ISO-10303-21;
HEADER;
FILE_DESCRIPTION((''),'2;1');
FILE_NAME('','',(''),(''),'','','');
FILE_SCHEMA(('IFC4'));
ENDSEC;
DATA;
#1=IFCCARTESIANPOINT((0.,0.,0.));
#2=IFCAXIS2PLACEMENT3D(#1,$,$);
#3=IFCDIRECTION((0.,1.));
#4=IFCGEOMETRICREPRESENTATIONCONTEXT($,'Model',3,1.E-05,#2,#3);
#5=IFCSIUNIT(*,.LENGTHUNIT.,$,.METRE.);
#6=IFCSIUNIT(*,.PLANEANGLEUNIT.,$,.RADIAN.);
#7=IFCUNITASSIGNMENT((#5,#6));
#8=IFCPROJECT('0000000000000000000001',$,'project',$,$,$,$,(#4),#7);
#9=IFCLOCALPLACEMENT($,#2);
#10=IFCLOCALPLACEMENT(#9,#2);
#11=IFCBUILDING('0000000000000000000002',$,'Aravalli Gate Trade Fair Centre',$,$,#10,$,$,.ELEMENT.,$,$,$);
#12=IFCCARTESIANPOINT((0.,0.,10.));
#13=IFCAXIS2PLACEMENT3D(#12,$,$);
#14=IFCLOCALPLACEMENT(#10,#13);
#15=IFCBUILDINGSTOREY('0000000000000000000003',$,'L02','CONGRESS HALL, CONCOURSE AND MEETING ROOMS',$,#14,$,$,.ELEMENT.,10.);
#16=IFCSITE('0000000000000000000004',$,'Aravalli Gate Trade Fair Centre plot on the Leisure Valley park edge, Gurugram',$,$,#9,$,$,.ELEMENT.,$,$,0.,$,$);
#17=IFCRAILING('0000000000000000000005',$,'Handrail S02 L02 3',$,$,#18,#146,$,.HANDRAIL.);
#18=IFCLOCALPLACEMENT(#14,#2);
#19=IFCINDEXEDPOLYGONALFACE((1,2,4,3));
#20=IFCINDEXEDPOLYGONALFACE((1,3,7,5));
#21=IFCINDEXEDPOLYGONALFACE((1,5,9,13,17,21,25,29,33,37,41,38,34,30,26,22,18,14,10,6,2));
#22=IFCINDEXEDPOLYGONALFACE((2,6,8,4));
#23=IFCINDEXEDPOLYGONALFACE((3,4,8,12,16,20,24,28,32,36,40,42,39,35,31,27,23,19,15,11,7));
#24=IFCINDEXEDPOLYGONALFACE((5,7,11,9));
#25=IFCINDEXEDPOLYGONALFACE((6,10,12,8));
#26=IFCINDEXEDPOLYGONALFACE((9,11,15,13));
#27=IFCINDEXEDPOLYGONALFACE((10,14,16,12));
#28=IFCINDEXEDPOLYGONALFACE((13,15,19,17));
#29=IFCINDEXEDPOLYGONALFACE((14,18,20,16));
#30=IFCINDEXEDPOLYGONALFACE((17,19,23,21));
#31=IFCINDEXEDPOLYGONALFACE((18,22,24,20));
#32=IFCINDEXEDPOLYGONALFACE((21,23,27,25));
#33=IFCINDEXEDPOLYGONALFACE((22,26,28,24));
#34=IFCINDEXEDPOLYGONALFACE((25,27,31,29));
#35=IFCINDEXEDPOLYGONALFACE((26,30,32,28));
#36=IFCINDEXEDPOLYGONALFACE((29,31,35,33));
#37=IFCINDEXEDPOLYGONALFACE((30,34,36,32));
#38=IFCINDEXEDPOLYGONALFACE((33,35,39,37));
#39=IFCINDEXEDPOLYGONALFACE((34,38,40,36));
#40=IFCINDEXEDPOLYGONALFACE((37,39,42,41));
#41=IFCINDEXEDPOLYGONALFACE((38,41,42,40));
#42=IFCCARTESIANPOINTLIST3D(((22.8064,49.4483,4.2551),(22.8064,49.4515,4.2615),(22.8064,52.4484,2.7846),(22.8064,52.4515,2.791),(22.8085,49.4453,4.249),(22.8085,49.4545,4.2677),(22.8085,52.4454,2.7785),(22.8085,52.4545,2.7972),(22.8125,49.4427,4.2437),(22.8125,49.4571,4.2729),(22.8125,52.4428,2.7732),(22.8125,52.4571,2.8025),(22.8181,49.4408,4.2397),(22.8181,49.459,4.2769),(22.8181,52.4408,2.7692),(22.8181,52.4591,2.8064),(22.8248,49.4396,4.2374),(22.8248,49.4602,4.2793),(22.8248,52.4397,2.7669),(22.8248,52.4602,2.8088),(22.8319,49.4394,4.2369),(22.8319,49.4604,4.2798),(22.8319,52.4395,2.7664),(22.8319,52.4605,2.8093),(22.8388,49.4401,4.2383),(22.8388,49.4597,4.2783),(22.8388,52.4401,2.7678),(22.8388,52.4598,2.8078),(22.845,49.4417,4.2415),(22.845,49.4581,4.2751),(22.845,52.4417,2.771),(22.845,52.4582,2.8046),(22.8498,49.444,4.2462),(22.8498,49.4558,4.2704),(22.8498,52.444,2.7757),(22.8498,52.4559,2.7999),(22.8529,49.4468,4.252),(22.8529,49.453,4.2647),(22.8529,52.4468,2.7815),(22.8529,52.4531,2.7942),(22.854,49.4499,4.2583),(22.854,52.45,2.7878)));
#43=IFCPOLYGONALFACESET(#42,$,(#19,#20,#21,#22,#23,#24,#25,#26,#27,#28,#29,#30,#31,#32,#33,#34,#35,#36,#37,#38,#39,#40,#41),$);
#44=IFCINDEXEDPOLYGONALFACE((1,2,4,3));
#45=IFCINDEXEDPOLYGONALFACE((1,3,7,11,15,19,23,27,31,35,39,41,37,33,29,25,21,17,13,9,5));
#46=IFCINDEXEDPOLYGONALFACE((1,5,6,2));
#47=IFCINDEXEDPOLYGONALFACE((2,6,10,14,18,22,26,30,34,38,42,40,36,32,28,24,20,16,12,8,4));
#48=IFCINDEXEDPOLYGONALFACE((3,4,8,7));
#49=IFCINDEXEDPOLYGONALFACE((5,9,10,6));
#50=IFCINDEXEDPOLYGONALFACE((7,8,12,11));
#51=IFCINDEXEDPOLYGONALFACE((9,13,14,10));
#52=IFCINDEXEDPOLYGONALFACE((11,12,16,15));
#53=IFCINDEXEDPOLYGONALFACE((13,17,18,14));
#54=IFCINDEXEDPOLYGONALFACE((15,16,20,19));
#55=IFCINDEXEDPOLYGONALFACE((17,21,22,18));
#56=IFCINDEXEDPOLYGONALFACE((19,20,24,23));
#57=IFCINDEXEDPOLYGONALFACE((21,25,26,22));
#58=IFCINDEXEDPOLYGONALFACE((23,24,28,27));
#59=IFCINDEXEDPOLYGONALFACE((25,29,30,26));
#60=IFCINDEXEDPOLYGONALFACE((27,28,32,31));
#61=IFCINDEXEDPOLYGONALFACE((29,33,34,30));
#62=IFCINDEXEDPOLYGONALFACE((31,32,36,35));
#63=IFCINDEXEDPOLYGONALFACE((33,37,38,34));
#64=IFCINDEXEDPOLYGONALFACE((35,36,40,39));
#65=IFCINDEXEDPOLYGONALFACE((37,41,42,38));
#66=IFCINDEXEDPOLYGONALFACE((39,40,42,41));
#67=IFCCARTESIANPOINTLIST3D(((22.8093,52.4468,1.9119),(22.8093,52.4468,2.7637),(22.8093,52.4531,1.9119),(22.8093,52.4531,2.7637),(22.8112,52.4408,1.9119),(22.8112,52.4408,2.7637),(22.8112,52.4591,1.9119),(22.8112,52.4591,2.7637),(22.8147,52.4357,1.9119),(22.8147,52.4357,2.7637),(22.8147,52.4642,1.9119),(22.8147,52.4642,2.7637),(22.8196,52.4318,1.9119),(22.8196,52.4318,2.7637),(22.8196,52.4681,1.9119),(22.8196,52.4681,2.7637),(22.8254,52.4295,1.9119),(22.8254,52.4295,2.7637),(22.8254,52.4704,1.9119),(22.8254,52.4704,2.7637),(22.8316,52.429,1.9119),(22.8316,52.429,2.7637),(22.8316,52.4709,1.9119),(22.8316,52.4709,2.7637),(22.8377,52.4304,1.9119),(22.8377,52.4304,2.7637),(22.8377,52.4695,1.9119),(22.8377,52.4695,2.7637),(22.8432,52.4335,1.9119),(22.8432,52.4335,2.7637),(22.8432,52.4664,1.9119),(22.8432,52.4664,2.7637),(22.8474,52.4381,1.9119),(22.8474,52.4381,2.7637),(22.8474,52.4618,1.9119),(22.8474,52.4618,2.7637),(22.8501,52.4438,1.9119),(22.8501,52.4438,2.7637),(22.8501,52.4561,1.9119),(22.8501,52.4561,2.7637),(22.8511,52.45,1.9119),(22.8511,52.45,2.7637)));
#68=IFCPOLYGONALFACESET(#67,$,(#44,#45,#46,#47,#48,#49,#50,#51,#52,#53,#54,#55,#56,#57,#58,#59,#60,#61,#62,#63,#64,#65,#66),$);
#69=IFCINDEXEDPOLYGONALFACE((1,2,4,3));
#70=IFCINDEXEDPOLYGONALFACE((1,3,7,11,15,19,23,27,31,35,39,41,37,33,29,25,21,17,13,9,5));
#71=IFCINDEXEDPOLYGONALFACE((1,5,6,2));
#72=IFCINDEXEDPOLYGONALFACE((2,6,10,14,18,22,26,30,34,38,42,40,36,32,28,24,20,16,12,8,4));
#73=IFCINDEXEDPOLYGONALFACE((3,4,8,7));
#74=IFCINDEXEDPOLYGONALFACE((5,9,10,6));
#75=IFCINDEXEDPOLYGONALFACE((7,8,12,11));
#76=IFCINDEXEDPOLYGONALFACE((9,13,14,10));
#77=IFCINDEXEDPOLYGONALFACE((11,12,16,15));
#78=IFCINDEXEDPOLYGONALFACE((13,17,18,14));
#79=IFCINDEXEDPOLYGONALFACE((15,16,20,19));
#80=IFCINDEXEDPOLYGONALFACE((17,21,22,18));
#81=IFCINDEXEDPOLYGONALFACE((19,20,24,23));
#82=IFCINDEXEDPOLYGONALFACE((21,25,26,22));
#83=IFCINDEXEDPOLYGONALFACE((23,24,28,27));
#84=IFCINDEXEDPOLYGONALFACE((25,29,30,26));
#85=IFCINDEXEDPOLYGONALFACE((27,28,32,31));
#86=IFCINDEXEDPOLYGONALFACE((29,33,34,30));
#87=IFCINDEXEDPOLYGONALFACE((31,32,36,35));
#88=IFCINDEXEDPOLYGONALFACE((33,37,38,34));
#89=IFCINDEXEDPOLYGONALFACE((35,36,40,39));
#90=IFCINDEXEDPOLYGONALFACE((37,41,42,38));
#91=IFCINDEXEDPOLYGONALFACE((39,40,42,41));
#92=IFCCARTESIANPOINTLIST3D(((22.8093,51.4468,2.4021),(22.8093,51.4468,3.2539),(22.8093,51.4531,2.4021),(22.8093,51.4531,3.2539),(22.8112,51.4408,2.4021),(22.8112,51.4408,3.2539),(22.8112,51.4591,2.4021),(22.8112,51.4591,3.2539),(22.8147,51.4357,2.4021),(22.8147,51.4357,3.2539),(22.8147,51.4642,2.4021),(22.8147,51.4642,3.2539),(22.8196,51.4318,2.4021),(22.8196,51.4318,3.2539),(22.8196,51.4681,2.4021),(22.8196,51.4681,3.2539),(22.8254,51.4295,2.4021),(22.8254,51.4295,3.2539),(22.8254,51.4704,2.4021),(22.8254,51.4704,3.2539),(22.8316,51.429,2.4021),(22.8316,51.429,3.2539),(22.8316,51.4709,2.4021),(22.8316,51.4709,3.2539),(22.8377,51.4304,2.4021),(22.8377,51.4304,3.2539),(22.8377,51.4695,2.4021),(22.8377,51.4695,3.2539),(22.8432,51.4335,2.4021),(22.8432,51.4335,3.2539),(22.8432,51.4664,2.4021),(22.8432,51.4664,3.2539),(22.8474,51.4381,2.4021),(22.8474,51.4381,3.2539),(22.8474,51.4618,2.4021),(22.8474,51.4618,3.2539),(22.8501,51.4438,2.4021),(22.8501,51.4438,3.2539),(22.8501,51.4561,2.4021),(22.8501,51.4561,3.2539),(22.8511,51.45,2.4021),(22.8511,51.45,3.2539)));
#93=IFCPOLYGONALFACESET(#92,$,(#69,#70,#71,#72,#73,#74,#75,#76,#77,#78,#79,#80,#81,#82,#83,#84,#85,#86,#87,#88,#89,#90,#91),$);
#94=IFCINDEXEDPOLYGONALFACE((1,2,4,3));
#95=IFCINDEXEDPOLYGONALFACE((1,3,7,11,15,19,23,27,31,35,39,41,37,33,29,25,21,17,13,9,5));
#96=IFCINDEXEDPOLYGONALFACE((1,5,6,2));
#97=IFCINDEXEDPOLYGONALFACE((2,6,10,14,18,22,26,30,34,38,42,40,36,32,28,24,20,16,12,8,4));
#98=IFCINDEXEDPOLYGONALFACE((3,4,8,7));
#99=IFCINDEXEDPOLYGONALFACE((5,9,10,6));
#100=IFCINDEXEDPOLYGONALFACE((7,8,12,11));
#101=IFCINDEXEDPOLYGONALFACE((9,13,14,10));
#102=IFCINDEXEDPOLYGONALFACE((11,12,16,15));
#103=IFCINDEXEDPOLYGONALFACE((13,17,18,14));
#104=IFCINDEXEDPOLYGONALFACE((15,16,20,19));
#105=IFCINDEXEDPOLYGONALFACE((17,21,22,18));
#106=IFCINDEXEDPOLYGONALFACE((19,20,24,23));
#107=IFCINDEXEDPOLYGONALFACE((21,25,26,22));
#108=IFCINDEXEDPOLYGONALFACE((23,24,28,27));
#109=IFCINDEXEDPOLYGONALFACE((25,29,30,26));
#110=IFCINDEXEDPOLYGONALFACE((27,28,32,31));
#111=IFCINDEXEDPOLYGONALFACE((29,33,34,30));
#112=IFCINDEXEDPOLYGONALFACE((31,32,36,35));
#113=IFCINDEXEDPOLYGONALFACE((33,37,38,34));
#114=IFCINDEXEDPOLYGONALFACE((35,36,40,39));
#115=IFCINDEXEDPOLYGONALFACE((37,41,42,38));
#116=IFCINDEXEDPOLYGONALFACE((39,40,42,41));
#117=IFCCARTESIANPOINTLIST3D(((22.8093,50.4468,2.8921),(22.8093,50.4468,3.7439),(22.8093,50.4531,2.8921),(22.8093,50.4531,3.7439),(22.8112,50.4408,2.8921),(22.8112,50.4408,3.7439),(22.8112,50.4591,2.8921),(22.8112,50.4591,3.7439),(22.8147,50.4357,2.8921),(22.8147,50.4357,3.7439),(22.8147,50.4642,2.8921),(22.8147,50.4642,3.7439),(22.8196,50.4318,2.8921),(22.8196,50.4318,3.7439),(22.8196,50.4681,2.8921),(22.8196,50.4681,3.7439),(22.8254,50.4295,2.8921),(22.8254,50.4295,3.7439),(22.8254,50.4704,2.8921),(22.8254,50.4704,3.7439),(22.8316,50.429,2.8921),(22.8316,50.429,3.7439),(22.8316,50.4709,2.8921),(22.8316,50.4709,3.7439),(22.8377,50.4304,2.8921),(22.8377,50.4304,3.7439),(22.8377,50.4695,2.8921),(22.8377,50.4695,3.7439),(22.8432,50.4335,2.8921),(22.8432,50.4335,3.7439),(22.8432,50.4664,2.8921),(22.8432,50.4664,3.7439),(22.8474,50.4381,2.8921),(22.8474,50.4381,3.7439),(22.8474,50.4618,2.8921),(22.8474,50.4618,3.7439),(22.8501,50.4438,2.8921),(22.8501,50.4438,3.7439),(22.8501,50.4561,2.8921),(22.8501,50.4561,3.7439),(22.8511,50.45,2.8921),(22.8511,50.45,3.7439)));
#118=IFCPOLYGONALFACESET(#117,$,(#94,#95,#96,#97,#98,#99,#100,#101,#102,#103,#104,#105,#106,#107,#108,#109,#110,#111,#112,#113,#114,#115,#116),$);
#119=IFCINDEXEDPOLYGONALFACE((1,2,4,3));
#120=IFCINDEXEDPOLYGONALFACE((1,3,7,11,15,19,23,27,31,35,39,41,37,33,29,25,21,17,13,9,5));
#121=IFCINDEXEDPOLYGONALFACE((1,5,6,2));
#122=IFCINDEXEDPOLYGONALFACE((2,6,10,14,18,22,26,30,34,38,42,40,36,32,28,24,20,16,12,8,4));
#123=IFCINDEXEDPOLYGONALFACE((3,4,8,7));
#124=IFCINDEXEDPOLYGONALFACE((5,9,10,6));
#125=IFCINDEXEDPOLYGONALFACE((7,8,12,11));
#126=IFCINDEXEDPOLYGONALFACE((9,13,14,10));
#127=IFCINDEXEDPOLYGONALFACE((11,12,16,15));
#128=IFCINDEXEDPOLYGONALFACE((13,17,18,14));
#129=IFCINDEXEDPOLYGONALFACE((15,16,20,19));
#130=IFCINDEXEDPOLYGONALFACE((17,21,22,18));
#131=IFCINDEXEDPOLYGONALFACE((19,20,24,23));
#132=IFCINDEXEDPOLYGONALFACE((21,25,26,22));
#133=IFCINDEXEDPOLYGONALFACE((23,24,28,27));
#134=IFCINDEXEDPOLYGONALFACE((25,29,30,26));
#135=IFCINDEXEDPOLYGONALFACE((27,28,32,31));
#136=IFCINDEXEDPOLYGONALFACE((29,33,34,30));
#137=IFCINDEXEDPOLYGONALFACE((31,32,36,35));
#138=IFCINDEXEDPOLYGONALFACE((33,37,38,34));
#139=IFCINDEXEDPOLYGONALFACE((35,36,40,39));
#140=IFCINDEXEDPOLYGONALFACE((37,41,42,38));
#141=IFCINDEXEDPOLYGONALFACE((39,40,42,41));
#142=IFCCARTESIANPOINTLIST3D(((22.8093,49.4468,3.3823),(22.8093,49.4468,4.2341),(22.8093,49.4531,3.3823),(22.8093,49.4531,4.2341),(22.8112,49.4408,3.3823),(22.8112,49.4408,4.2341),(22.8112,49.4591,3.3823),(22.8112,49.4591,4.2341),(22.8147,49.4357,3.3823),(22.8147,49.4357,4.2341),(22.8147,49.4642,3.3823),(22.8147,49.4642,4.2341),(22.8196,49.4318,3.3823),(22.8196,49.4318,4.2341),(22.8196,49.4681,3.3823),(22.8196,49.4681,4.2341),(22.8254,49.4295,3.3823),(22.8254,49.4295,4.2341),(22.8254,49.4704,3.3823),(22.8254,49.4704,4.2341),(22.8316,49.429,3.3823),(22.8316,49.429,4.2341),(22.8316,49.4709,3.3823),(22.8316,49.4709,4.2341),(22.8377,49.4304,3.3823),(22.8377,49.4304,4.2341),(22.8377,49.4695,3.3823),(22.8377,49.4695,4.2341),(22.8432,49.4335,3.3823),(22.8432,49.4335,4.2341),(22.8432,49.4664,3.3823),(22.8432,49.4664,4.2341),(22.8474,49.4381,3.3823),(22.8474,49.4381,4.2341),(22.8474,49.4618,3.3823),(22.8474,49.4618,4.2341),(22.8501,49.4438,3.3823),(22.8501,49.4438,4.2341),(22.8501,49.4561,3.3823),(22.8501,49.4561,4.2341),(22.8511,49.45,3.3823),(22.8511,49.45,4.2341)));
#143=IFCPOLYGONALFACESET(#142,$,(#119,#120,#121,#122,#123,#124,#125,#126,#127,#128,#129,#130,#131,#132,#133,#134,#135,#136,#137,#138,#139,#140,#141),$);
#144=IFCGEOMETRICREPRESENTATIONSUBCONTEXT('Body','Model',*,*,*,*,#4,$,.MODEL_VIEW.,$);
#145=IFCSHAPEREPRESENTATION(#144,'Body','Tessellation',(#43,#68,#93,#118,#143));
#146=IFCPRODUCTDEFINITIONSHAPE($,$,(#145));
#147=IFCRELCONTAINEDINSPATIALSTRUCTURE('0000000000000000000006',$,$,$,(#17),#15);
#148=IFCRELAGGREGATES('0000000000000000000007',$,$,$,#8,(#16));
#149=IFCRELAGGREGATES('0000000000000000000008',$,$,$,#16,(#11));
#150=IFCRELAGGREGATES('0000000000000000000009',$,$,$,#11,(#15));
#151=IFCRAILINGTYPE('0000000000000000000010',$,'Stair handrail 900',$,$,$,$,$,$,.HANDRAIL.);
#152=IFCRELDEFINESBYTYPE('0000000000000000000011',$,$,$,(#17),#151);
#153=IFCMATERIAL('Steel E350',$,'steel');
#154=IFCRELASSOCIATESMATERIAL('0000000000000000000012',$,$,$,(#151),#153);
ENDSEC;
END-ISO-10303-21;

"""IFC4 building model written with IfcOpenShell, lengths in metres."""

from ifc_helpers import new_model, si_unit, direction, frame, origin, origin_2d, place, context, subcontext, project, spatial, circle, extrude, material, type_object, element, save


model = new_model("IFC4")

# Units and contexts
model_context = context("Model", 3, precision=1e-05, world=origin(), true_north=direction((0.0, 1.0)))
body_context = subcontext(model_context, "Body", "Model", "MODEL_VIEW")
ifc_project = project(units=[si_unit("LENGTHUNIT", "METRE"), si_unit("PLANEANGLEUNIT", "RADIAN")], contexts=[model_context])

# Site, building, storey
site_placement = place(None, origin())
site = spatial("IfcSite", under=ifc_project, at=site_placement, Name="Aravalli Gate Trade Fair Centre plot on the Leisure Valley park edge, Gurugram", CompositionType="ELEMENT", RefElevation=0.0)
building_placement = place(site_placement, origin())
building = spatial("IfcBuilding", under=site, at=building_placement, Name="Aravalli Gate Trade Fair Centre", CompositionType="ELEMENT")
storey_placement = place(building_placement, frame((0.0, 0.0, 10.0)))
storey = spatial("IfcBuildingStorey", under=building, at=storey_placement, Name="L02", Description="CONGRESS HALL, CONCOURSE AND MEETING ROOMS", CompositionType="ELEMENT", Elevation=10.0)

# Shared definitions
ifc_material_1 = material(Name="Steel E350", Category="steel")

# Railing
railing_type = type_object("IfcRailingType", Name="Stair handrail 900", PredefinedType="HANDRAIL", material=ifc_material_1)
for number, where, name in (
    (1, (22.8301, 52.45, 1.9119), "Handrail S02 L02 3"),
):
    element("IfcRailing", number, at=place(storey_placement, frame(where)), inside=storey, type_object=railing_type, Name=name, PredefinedType="HANDRAIL", context=body_context, shape_type="SweptSolid", body=[
        extrude(circle(Radius=0.0239, at=origin_2d()), frame((0.0, 0.0, 0.876), z_axis=(0.0, -0.897936, 0.440126), x_axis=(1.0, 0.0, 0.0)), (0.0, 0.0, 1.0), 3.3411),
        extrude(circle(Radius=0.021, at=origin_2d()), origin(), (0.0, 0.0, 1.0), 0.8518),
        extrude(circle(Radius=0.021, at=origin_2d()), frame((0.0, -1.0, 0.4902)), (0.0, 0.0, 1.0), 0.8518),
        extrude(circle(Radius=0.021, at=origin_2d()), frame((0.0, -2.0, 0.9802)), (0.0, 0.0, 1.0), 0.8518),
        extrude(circle(Radius=0.021, at=origin_2d()), frame((0.0, -3.0, 1.4705)), (0.0, 0.0, 1.0), 0.8518),
    ])

save(model, "model.ifc")
